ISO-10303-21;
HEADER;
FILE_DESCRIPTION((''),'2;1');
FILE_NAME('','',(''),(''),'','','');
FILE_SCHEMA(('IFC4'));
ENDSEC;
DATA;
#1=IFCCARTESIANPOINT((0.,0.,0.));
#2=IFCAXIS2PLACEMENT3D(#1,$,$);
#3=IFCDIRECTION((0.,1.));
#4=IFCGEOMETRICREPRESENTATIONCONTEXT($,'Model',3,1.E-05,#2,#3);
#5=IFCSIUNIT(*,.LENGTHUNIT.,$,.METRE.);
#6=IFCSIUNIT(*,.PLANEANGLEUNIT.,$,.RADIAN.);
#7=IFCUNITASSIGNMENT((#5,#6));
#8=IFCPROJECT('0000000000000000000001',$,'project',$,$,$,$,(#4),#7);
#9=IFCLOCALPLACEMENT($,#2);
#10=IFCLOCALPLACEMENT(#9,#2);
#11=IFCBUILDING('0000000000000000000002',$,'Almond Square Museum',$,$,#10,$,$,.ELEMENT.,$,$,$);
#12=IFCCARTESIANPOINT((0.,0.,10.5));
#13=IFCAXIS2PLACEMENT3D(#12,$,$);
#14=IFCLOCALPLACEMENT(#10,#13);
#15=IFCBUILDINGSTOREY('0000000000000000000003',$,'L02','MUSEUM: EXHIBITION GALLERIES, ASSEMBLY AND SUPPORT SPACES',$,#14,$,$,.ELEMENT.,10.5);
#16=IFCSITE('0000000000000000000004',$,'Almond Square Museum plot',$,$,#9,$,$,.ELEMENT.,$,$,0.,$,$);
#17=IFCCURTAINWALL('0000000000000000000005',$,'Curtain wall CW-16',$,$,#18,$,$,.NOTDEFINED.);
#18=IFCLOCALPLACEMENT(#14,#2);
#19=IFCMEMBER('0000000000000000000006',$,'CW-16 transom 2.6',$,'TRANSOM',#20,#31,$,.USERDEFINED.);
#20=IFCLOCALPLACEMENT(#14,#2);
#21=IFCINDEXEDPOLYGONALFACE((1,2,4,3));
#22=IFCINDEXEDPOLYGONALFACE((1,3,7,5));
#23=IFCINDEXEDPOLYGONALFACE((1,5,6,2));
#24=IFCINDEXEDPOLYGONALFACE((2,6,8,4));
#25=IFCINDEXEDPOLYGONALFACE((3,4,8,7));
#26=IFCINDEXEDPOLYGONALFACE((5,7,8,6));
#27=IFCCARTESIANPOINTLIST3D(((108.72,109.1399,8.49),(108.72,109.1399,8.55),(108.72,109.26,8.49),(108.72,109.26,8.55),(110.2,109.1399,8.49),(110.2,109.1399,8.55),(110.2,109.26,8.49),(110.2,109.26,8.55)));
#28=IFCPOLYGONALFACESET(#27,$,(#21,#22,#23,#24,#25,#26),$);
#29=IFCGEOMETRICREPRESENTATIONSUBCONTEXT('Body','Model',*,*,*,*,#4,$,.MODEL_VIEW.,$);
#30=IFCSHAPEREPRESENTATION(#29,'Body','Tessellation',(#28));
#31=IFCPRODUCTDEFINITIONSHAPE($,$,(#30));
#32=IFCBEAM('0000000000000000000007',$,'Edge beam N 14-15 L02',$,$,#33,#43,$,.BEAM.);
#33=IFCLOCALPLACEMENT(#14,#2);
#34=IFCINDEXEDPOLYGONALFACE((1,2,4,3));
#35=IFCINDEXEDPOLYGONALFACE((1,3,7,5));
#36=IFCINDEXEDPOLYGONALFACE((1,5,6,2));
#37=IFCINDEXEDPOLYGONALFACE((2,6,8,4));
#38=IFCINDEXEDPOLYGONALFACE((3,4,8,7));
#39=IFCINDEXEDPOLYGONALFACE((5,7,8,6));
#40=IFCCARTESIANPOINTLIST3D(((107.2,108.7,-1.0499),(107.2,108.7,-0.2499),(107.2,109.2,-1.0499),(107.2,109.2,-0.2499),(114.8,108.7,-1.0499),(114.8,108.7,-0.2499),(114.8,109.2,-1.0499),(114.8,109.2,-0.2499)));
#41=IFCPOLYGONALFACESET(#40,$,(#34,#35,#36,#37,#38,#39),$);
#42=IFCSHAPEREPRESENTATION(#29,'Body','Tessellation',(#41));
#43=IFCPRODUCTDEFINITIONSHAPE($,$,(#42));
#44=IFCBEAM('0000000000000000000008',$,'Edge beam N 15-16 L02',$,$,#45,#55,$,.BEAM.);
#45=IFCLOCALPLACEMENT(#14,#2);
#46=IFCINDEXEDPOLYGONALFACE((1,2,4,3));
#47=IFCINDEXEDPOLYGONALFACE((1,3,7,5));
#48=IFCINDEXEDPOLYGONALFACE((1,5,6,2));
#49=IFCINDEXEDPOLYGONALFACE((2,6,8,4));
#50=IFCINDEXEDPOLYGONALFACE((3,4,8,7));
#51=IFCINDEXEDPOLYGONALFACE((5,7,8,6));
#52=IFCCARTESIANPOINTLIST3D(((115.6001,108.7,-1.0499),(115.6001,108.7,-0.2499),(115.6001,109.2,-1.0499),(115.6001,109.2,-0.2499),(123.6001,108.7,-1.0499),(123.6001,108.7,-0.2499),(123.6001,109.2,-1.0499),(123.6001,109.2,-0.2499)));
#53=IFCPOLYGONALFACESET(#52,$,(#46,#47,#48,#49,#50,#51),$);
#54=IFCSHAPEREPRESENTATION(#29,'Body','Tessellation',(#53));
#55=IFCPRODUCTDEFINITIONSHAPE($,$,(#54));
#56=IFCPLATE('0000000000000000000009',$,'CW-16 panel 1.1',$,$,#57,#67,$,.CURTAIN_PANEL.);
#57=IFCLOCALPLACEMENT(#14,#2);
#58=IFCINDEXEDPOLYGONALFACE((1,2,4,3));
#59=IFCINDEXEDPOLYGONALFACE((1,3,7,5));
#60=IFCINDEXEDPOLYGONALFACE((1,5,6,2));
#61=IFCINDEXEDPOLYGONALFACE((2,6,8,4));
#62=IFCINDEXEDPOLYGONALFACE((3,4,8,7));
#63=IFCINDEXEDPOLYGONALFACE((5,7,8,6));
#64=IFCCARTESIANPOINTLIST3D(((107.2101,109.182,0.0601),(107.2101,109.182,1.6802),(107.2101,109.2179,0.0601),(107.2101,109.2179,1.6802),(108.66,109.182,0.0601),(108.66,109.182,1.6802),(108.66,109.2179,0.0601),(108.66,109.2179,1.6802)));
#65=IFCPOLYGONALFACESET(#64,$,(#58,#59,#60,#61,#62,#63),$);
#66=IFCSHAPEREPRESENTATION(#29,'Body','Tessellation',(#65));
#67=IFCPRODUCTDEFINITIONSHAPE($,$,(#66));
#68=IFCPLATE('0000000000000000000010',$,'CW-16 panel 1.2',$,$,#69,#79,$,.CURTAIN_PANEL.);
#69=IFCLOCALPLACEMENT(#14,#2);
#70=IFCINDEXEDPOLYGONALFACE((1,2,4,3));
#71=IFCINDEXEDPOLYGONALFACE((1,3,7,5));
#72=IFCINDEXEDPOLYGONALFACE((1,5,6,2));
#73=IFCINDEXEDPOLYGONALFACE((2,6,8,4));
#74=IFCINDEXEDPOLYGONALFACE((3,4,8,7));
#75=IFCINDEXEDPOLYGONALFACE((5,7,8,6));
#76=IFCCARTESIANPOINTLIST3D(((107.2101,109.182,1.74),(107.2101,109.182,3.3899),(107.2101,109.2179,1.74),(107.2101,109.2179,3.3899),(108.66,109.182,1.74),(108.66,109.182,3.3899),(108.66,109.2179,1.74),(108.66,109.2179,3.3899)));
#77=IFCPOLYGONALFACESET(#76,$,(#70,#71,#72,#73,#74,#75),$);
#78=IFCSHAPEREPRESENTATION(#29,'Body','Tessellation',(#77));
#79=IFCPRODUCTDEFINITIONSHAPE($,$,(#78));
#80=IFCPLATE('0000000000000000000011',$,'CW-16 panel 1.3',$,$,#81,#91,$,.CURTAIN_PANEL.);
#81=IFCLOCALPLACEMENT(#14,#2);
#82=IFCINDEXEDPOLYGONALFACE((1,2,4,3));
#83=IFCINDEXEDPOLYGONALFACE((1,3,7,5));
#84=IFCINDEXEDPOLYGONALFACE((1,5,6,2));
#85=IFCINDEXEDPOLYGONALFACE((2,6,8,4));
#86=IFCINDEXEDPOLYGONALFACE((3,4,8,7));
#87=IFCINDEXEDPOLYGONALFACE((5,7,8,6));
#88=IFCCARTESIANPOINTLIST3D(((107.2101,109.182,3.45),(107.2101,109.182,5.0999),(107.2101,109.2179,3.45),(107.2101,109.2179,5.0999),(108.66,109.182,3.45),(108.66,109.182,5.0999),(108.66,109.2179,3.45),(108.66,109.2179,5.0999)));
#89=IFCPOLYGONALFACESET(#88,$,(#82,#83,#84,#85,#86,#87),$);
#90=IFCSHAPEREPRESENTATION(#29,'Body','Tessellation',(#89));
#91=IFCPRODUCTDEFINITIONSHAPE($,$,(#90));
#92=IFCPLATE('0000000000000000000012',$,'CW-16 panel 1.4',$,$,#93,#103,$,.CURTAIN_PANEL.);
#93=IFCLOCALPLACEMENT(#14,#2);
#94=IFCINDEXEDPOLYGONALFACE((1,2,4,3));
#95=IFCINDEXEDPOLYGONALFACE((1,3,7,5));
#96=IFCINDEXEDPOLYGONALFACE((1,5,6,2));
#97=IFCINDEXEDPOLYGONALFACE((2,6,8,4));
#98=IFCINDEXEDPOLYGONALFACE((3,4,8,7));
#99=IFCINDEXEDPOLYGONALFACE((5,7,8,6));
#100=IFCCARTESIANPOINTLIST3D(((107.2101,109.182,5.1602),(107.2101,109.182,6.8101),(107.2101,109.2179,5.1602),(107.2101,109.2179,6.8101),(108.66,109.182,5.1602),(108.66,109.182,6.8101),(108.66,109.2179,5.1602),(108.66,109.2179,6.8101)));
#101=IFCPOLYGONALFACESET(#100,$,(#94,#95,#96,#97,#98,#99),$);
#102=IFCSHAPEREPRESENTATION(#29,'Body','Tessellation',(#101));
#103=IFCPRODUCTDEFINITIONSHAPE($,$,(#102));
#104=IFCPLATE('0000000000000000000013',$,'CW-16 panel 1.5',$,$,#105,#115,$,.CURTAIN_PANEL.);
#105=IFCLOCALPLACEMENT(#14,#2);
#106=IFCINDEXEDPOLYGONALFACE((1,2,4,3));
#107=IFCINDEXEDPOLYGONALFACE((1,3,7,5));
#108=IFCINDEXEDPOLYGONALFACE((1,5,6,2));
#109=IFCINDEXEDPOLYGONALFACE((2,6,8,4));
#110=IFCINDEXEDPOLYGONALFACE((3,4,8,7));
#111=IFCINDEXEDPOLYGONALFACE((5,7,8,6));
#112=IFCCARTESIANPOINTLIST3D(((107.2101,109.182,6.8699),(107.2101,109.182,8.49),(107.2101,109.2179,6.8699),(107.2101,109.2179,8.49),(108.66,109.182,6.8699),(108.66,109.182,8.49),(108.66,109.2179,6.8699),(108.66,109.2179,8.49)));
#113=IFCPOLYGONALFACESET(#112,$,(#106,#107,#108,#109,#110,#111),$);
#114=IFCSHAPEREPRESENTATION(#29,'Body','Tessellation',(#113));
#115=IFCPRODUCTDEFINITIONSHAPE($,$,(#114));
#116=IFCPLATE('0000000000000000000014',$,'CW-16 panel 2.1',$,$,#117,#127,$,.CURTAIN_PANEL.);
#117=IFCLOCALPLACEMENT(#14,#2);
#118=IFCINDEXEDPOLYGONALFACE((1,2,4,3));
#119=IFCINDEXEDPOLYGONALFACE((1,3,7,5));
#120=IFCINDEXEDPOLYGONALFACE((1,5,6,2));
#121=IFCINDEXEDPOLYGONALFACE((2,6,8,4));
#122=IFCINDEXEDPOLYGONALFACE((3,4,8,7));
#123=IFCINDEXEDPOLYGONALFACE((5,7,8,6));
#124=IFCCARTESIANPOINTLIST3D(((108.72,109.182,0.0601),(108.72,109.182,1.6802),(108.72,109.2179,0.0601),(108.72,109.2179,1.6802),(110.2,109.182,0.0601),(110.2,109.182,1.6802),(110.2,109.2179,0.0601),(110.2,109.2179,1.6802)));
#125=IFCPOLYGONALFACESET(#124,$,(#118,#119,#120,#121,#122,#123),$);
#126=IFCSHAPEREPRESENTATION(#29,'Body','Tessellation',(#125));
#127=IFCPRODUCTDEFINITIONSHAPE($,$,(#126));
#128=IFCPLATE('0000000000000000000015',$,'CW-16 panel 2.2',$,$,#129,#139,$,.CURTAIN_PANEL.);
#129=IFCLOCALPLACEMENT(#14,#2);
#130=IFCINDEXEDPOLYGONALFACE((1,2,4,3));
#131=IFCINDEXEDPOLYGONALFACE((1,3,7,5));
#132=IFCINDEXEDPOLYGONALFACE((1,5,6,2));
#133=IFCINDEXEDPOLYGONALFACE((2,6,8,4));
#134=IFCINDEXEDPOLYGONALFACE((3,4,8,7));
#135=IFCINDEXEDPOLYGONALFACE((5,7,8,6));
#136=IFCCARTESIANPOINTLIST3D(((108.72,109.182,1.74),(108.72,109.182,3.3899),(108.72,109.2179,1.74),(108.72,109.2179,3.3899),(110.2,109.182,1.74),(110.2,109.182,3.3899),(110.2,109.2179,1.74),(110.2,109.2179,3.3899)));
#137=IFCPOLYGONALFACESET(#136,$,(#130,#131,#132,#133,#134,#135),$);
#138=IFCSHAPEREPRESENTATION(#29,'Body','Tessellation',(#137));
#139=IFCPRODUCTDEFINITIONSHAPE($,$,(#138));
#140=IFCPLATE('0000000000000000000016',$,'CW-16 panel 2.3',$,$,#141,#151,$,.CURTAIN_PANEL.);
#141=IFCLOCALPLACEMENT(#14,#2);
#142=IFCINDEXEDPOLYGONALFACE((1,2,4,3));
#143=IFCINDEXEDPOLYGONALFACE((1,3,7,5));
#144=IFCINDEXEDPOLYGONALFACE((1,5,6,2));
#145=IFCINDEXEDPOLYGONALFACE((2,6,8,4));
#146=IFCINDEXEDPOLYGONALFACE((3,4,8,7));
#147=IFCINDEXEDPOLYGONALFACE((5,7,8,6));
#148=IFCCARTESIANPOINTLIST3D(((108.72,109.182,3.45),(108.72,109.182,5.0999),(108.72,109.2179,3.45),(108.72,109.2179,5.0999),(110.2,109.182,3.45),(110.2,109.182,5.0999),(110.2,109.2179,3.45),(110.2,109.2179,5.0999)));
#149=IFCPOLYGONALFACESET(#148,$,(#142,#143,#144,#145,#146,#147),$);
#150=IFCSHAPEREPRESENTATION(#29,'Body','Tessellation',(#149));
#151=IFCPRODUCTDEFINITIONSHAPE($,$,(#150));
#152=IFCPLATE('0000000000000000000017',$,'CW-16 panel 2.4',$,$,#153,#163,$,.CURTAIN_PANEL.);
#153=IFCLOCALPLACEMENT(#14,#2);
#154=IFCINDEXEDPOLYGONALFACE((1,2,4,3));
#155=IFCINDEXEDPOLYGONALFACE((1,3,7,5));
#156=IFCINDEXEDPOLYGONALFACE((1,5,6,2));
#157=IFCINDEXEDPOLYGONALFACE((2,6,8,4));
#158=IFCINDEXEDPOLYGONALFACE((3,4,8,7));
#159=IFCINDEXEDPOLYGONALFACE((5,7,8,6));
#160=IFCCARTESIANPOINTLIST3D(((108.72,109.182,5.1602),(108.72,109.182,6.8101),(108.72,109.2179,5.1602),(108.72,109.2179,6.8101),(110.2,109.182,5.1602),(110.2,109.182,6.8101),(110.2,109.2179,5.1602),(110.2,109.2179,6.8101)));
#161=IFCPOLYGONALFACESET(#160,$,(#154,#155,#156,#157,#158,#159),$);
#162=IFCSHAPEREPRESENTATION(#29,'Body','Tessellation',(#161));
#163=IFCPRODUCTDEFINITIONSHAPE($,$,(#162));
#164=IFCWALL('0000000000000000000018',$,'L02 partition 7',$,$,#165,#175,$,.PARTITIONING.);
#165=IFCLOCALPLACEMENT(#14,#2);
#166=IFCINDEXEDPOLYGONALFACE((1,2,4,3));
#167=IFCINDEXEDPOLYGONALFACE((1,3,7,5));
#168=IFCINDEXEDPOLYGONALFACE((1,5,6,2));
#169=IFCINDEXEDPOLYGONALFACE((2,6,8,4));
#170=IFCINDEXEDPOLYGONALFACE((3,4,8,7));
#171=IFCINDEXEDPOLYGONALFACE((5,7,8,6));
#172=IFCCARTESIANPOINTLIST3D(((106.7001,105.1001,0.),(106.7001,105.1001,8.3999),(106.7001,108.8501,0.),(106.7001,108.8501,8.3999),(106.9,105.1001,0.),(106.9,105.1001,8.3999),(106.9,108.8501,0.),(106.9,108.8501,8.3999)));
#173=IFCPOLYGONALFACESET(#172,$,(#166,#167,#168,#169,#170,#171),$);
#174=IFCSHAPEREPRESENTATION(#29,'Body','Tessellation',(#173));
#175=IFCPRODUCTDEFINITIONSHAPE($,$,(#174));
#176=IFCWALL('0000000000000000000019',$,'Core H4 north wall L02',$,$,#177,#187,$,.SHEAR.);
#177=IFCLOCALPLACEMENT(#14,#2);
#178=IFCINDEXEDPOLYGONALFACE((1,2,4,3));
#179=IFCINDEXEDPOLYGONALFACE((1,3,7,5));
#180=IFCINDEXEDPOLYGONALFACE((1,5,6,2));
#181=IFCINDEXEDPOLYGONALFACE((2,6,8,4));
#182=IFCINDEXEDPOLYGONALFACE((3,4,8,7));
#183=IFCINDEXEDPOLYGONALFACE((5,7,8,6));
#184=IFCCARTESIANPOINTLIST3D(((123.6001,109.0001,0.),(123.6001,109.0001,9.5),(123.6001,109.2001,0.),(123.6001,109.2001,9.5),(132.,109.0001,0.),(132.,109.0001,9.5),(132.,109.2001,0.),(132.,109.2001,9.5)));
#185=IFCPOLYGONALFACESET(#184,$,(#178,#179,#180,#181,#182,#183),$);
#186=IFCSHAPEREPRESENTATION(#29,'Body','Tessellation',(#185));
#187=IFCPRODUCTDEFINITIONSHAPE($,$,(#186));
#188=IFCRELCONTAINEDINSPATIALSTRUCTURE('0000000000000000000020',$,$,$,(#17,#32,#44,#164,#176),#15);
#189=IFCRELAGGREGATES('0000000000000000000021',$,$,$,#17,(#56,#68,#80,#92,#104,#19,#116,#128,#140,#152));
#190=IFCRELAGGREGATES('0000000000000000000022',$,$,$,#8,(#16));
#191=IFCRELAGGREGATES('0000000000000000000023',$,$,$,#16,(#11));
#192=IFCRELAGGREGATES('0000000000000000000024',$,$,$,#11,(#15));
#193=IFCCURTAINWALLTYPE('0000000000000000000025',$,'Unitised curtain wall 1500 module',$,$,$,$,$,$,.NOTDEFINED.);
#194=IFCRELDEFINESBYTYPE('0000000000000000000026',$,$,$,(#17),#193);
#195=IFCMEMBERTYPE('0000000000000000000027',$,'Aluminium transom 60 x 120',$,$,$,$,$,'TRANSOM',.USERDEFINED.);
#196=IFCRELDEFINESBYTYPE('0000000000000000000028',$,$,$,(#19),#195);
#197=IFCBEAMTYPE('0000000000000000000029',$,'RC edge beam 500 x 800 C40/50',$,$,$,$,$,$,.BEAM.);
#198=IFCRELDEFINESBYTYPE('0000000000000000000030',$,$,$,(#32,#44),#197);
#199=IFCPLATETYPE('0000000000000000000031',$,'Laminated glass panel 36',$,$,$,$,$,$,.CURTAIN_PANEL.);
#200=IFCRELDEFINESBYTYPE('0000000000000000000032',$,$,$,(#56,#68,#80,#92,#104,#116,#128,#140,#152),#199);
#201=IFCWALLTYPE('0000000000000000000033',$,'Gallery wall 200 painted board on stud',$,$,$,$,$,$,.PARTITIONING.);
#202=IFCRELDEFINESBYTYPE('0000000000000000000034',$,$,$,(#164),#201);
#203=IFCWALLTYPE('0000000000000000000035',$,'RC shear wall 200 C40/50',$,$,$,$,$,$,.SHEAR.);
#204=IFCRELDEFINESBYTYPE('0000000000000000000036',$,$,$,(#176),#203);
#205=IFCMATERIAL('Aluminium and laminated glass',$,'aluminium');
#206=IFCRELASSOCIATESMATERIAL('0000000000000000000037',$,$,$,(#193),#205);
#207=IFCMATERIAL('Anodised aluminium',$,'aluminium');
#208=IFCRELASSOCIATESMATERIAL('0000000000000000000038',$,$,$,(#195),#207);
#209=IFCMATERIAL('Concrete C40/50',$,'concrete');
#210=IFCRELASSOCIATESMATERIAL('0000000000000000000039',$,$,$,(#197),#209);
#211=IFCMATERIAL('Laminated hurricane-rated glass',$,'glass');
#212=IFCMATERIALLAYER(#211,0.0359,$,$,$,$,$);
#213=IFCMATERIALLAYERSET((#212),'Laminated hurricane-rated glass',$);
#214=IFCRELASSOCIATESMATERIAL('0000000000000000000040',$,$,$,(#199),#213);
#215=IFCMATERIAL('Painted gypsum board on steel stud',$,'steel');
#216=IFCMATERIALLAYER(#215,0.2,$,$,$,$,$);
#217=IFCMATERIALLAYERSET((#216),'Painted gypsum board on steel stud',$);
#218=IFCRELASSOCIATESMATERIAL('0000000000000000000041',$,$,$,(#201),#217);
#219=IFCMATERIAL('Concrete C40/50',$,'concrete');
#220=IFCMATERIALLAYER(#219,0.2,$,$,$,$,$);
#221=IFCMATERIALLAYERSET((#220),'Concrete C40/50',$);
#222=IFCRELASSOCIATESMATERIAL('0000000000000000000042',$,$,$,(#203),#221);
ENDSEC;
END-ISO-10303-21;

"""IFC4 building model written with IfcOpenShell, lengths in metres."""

from ifc_helpers import new_model, si_unit, direction, frame, frame_2d, origin, origin_2d, place, context, subcontext, project, spatial, rectangle, extrude, material, layer, layer_set, material_profile, profile_set, type_object, element, aggregate, save


model = new_model("IFC4")

# Units and contexts
model_context = context("Model", 3, precision=1e-05, world=origin(), true_north=direction((0.0, 1.0)))
body_context = subcontext(model_context, "Body", "Model", "MODEL_VIEW")
ifc_project = project(units=[si_unit("LENGTHUNIT", "METRE"), si_unit("PLANEANGLEUNIT", "RADIAN")], contexts=[model_context])

# Site, building, storey
site_placement = place(None, origin())
site = spatial("IfcSite", under=ifc_project, at=site_placement, Name="Almond Square Museum plot", CompositionType="ELEMENT", RefElevation=0.0)
building_placement = place(site_placement, origin())
building = spatial("IfcBuilding", under=site, at=building_placement, Name="Almond Square Museum", CompositionType="ELEMENT")
storey_placement = place(building_placement, frame((0.0, 0.0, 10.5)))
storey = spatial("IfcBuildingStorey", under=building, at=storey_placement, Name="L02", Description="MUSEUM: EXHIBITION GALLERIES, ASSEMBLY AND SUPPORT SPACES", CompositionType="ELEMENT", Elevation=10.5)

# Curtain wall, member
ifc_material_1 = material(Name="Aluminium and laminated glass", Category="aluminium")
curtain_wall_type = type_object("IfcCurtainWallType", Name="Unitised curtain wall 1500 module", PredefinedType="NOTDEFINED", material=ifc_material_1)
curtain_wall_placement = place(storey_placement, origin())
curtain_wall = element("IfcCurtainWall", 1, at=curtain_wall_placement, inside=storey, type_object=curtain_wall_type, Name="Curtain wall CW-16", PredefinedType="NOTDEFINED")
ifc_material_2 = material(Name="Anodised aluminium", Category="aluminium")
ifc_material_profile_1 = material_profile(ifc_material_2, rectangle(XDim=0.1201, YDim=0.0601, at=origin_2d()))
ifc_profile_set_1 = profile_set([ifc_material_profile_1], Name="Anodised aluminium")
member_type_1 = type_object("IfcMemberType", Name="Aluminium transom 60 x 120", ElementType="TRANSOM", PredefinedType="USERDEFINED", material=ifc_profile_set_1)
member_1_placement = place(storey_placement, frame((108.72, 109.2, 8.52), z_axis=(1.0, 0.0, 0.0), x_axis=(0.0, 1.0, 0.0)))
member_1 = element("IfcMember", 2, at=member_1_placement, type_object=member_type_1, Name="CW-16 transom 2.6", ObjectType="TRANSOM", PredefinedType="USERDEFINED", context=body_context, shape_type="SweptSolid", body=[
    extrude(rectangle(XDim=0.1201, YDim=0.0601, at=origin_2d()), origin(), (0.0, 0.0, 1.0), 1.48),
])

# Beams
ifc_material_3 = material(Name="Concrete C40/50", Category="concrete")
ifc_material_profile_2 = material_profile(ifc_material_3, rectangle(XDim=0.5, YDim=0.8, at=origin_2d()))
ifc_profile_set_2 = profile_set([ifc_material_profile_2], Name="Concrete C40/50")
beam_type = type_object("IfcBeamType", Name="RC edge beam 500 x 800 C40/50", PredefinedType="BEAM", material=ifc_profile_set_2)
beam_1_placement = place(storey_placement, frame((107.2, 108.95, -0.6499), z_axis=(1.0, 0.0, 0.0), x_axis=(0.0, 1.0, 0.0)))
element("IfcBeam", 3, at=beam_1_placement, inside=storey, type_object=beam_type, Name="Edge beam N 14-15 L02", PredefinedType="BEAM", context=body_context, shape_type="SweptSolid", body=[
    extrude(rectangle(XDim=0.5, YDim=0.8, at=origin_2d()), origin(), (0.0, 0.0, 1.0), 7.6001),
])
beam_2_placement = place(storey_placement, frame((115.6001, 108.95, -0.6499), z_axis=(1.0, 0.0, 0.0), x_axis=(0.0, 1.0, 0.0)))
element("IfcBeam", 4, at=beam_2_placement, inside=storey, type_object=beam_type, Name="Edge beam N 15-16 L02", PredefinedType="BEAM", context=body_context, shape_type="SweptSolid", body=[
    extrude(rectangle(XDim=0.5, YDim=0.8, at=origin_2d()), origin(), (0.0, 0.0, 1.0), 8.0),
])

# Plates
ifc_material_4 = material(Name="Laminated hurricane-rated glass", Category="glass")
ifc_layer_1 = layer(ifc_material_4, 0.0359)
ifc_layer_set_1 = layer_set([ifc_layer_1], Name="Laminated hurricane-rated glass")
plate_type = type_object("IfcPlateType", Name="Laminated glass panel 36", PredefinedType="CURTAIN_PANEL", material=ifc_layer_set_1)
plate_1_placement = place(storey_placement, frame((107.9351, 109.2, 0.0601), z_axis=(0.0, 0.0, 1.0), x_axis=(1.0, 0.0, 0.0)))
plate_1 = element("IfcPlate", 5, at=plate_1_placement, type_object=plate_type, Name="CW-16 panel 1.1", PredefinedType="CURTAIN_PANEL", context=body_context, shape_type="SweptSolid", body=[
    extrude(rectangle(XDim=1.45, YDim=0.0359, at=origin_2d()), origin(), (0.0, 0.0, 1.0), 1.6201),
])
plate_2_placement = place(storey_placement, frame((107.9351, 109.2, 1.74), z_axis=(0.0, 0.0, 1.0), x_axis=(1.0, 0.0, 0.0)))
plate_2 = element("IfcPlate", 6, at=plate_2_placement, type_object=plate_type, Name="CW-16 panel 1.2", PredefinedType="CURTAIN_PANEL", context=body_context, shape_type="SweptSolid", body=[
    extrude(rectangle(XDim=1.45, YDim=0.0359, at=origin_2d()), origin(), (0.0, 0.0, 1.0), 1.6499),
])
plate_3_placement = place(storey_placement, frame((107.9351, 109.2, 3.45), z_axis=(0.0, 0.0, 1.0), x_axis=(1.0, 0.0, 0.0)))
plate_3 = element("IfcPlate", 7, at=plate_3_placement, type_object=plate_type, Name="CW-16 panel 1.3", PredefinedType="CURTAIN_PANEL", context=body_context, shape_type="SweptSolid", body=[
    extrude(rectangle(XDim=1.45, YDim=0.0359, at=origin_2d()), origin(), (0.0, 0.0, 1.0), 1.6499),
])
plate_4_placement = place(storey_placement, frame((107.9351, 109.2, 5.1602), z_axis=(0.0, 0.0, 1.0), x_axis=(1.0, 0.0, 0.0)))
plate_4 = element("IfcPlate", 8, at=plate_4_placement, type_object=plate_type, Name="CW-16 panel 1.4", PredefinedType="CURTAIN_PANEL", context=body_context, shape_type="SweptSolid", body=[
    extrude(rectangle(XDim=1.45, YDim=0.0359, at=origin_2d()), origin(), (0.0, 0.0, 1.0), 1.6499),
])
plate_5_placement = place(storey_placement, frame((107.9351, 109.2, 6.8699), z_axis=(0.0, 0.0, 1.0), x_axis=(1.0, 0.0, 0.0)))
plate_5 = element("IfcPlate", 9, at=plate_5_placement, type_object=plate_type, Name="CW-16 panel 1.5", PredefinedType="CURTAIN_PANEL", context=body_context, shape_type="SweptSolid", body=[
    extrude(rectangle(XDim=1.45, YDim=0.0359, at=origin_2d()), origin(), (0.0, 0.0, 1.0), 1.6201),
])
plate_6_placement = place(storey_placement, frame((109.46, 109.2, 0.0601), z_axis=(0.0, 0.0, 1.0), x_axis=(1.0, 0.0, 0.0)))
plate_6 = element("IfcPlate", 10, at=plate_6_placement, type_object=plate_type, Name="CW-16 panel 2.1", PredefinedType="CURTAIN_PANEL", context=body_context, shape_type="SweptSolid", body=[
    extrude(rectangle(XDim=1.48, YDim=0.0359, at=origin_2d()), origin(), (0.0, 0.0, 1.0), 1.6201),
])
plate_7_placement = place(storey_placement, frame((109.46, 109.2, 1.74), z_axis=(0.0, 0.0, 1.0), x_axis=(1.0, 0.0, 0.0)))
plate_7 = element("IfcPlate", 11, at=plate_7_placement, type_object=plate_type, Name="CW-16 panel 2.2", PredefinedType="CURTAIN_PANEL", context=body_context, shape_type="SweptSolid", body=[
    extrude(rectangle(XDim=1.48, YDim=0.0359, at=origin_2d()), origin(), (0.0, 0.0, 1.0), 1.6499),
])
plate_8_placement = place(storey_placement, frame((109.46, 109.2, 3.45), z_axis=(0.0, 0.0, 1.0), x_axis=(1.0, 0.0, 0.0)))
plate_8 = element("IfcPlate", 12, at=plate_8_placement, type_object=plate_type, Name="CW-16 panel 2.3", PredefinedType="CURTAIN_PANEL", context=body_context, shape_type="SweptSolid", body=[
    extrude(rectangle(XDim=1.48, YDim=0.0359, at=origin_2d()), origin(), (0.0, 0.0, 1.0), 1.6499),
])
plate_9_placement = place(storey_placement, frame((109.46, 109.2, 5.1602), z_axis=(0.0, 0.0, 1.0), x_axis=(1.0, 0.0, 0.0)))
plate_9 = element("IfcPlate", 13, at=plate_9_placement, type_object=plate_type, Name="CW-16 panel 2.4", PredefinedType="CURTAIN_PANEL", context=body_context, shape_type="SweptSolid", body=[
    extrude(rectangle(XDim=1.48, YDim=0.0359, at=origin_2d()), origin(), (0.0, 0.0, 1.0), 1.6499),
])
aggregate(curtain_wall, [plate_1, plate_2, plate_3, plate_4, plate_5, member_1, plate_6, plate_7, plate_8, plate_9])

# Walls
ifc_material_5 = material(Name="Painted gypsum board on steel stud", Category="steel")
ifc_layer_2 = layer(ifc_material_5, 0.2)
ifc_layer_set_2 = layer_set([ifc_layer_2], Name="Painted gypsum board on steel stud")
wall_type_1 = type_object("IfcWallType", Name="Gallery wall 200 painted board on stud", PredefinedType="PARTITIONING", material=ifc_layer_set_2)
wall_1_placement = place(storey_placement, frame((106.8, 105.1001, 0.0), z_axis=(0.0, 0.0, 1.0), x_axis=(0.0, 1.0, 0.0)))
element("IfcWall", 14, at=wall_1_placement, inside=storey, type_object=wall_type_1, Name="L02 partition 7", PredefinedType="PARTITIONING", context=body_context, shape_type="SweptSolid", body=[
    extrude(rectangle(XDim=3.75, YDim=0.2, at=frame_2d((1.875, 0.0))), origin(), (0.0, 0.0, 1.0), 8.3999),
])
ifc_material_6 = material(Name="Concrete C40/50", Category="concrete")
ifc_layer_3 = layer(ifc_material_6, 0.2)
ifc_layer_set_3 = layer_set([ifc_layer_3], Name="Concrete C40/50")
wall_type_2 = type_object("IfcWallType", Name="RC shear wall 200 C40/50", PredefinedType="SHEAR", material=ifc_layer_set_3)
wall_2_placement = place(storey_placement, frame((123.6001, 109.1001, 0.0), z_axis=(0.0, 0.0, 1.0), x_axis=(1.0, 0.0, 0.0)))
element("IfcWall", 15, at=wall_2_placement, inside=storey, type_object=wall_type_2, Name="Core H4 north wall L02", PredefinedType="SHEAR", context=body_context, shape_type="SweptSolid", body=[
    extrude(rectangle(XDim=8.3999, YDim=0.2, at=frame_2d((4.2, 0.0))), origin(), (0.0, 0.0, 1.0), 9.5),
])

save(model, "model.ifc")
